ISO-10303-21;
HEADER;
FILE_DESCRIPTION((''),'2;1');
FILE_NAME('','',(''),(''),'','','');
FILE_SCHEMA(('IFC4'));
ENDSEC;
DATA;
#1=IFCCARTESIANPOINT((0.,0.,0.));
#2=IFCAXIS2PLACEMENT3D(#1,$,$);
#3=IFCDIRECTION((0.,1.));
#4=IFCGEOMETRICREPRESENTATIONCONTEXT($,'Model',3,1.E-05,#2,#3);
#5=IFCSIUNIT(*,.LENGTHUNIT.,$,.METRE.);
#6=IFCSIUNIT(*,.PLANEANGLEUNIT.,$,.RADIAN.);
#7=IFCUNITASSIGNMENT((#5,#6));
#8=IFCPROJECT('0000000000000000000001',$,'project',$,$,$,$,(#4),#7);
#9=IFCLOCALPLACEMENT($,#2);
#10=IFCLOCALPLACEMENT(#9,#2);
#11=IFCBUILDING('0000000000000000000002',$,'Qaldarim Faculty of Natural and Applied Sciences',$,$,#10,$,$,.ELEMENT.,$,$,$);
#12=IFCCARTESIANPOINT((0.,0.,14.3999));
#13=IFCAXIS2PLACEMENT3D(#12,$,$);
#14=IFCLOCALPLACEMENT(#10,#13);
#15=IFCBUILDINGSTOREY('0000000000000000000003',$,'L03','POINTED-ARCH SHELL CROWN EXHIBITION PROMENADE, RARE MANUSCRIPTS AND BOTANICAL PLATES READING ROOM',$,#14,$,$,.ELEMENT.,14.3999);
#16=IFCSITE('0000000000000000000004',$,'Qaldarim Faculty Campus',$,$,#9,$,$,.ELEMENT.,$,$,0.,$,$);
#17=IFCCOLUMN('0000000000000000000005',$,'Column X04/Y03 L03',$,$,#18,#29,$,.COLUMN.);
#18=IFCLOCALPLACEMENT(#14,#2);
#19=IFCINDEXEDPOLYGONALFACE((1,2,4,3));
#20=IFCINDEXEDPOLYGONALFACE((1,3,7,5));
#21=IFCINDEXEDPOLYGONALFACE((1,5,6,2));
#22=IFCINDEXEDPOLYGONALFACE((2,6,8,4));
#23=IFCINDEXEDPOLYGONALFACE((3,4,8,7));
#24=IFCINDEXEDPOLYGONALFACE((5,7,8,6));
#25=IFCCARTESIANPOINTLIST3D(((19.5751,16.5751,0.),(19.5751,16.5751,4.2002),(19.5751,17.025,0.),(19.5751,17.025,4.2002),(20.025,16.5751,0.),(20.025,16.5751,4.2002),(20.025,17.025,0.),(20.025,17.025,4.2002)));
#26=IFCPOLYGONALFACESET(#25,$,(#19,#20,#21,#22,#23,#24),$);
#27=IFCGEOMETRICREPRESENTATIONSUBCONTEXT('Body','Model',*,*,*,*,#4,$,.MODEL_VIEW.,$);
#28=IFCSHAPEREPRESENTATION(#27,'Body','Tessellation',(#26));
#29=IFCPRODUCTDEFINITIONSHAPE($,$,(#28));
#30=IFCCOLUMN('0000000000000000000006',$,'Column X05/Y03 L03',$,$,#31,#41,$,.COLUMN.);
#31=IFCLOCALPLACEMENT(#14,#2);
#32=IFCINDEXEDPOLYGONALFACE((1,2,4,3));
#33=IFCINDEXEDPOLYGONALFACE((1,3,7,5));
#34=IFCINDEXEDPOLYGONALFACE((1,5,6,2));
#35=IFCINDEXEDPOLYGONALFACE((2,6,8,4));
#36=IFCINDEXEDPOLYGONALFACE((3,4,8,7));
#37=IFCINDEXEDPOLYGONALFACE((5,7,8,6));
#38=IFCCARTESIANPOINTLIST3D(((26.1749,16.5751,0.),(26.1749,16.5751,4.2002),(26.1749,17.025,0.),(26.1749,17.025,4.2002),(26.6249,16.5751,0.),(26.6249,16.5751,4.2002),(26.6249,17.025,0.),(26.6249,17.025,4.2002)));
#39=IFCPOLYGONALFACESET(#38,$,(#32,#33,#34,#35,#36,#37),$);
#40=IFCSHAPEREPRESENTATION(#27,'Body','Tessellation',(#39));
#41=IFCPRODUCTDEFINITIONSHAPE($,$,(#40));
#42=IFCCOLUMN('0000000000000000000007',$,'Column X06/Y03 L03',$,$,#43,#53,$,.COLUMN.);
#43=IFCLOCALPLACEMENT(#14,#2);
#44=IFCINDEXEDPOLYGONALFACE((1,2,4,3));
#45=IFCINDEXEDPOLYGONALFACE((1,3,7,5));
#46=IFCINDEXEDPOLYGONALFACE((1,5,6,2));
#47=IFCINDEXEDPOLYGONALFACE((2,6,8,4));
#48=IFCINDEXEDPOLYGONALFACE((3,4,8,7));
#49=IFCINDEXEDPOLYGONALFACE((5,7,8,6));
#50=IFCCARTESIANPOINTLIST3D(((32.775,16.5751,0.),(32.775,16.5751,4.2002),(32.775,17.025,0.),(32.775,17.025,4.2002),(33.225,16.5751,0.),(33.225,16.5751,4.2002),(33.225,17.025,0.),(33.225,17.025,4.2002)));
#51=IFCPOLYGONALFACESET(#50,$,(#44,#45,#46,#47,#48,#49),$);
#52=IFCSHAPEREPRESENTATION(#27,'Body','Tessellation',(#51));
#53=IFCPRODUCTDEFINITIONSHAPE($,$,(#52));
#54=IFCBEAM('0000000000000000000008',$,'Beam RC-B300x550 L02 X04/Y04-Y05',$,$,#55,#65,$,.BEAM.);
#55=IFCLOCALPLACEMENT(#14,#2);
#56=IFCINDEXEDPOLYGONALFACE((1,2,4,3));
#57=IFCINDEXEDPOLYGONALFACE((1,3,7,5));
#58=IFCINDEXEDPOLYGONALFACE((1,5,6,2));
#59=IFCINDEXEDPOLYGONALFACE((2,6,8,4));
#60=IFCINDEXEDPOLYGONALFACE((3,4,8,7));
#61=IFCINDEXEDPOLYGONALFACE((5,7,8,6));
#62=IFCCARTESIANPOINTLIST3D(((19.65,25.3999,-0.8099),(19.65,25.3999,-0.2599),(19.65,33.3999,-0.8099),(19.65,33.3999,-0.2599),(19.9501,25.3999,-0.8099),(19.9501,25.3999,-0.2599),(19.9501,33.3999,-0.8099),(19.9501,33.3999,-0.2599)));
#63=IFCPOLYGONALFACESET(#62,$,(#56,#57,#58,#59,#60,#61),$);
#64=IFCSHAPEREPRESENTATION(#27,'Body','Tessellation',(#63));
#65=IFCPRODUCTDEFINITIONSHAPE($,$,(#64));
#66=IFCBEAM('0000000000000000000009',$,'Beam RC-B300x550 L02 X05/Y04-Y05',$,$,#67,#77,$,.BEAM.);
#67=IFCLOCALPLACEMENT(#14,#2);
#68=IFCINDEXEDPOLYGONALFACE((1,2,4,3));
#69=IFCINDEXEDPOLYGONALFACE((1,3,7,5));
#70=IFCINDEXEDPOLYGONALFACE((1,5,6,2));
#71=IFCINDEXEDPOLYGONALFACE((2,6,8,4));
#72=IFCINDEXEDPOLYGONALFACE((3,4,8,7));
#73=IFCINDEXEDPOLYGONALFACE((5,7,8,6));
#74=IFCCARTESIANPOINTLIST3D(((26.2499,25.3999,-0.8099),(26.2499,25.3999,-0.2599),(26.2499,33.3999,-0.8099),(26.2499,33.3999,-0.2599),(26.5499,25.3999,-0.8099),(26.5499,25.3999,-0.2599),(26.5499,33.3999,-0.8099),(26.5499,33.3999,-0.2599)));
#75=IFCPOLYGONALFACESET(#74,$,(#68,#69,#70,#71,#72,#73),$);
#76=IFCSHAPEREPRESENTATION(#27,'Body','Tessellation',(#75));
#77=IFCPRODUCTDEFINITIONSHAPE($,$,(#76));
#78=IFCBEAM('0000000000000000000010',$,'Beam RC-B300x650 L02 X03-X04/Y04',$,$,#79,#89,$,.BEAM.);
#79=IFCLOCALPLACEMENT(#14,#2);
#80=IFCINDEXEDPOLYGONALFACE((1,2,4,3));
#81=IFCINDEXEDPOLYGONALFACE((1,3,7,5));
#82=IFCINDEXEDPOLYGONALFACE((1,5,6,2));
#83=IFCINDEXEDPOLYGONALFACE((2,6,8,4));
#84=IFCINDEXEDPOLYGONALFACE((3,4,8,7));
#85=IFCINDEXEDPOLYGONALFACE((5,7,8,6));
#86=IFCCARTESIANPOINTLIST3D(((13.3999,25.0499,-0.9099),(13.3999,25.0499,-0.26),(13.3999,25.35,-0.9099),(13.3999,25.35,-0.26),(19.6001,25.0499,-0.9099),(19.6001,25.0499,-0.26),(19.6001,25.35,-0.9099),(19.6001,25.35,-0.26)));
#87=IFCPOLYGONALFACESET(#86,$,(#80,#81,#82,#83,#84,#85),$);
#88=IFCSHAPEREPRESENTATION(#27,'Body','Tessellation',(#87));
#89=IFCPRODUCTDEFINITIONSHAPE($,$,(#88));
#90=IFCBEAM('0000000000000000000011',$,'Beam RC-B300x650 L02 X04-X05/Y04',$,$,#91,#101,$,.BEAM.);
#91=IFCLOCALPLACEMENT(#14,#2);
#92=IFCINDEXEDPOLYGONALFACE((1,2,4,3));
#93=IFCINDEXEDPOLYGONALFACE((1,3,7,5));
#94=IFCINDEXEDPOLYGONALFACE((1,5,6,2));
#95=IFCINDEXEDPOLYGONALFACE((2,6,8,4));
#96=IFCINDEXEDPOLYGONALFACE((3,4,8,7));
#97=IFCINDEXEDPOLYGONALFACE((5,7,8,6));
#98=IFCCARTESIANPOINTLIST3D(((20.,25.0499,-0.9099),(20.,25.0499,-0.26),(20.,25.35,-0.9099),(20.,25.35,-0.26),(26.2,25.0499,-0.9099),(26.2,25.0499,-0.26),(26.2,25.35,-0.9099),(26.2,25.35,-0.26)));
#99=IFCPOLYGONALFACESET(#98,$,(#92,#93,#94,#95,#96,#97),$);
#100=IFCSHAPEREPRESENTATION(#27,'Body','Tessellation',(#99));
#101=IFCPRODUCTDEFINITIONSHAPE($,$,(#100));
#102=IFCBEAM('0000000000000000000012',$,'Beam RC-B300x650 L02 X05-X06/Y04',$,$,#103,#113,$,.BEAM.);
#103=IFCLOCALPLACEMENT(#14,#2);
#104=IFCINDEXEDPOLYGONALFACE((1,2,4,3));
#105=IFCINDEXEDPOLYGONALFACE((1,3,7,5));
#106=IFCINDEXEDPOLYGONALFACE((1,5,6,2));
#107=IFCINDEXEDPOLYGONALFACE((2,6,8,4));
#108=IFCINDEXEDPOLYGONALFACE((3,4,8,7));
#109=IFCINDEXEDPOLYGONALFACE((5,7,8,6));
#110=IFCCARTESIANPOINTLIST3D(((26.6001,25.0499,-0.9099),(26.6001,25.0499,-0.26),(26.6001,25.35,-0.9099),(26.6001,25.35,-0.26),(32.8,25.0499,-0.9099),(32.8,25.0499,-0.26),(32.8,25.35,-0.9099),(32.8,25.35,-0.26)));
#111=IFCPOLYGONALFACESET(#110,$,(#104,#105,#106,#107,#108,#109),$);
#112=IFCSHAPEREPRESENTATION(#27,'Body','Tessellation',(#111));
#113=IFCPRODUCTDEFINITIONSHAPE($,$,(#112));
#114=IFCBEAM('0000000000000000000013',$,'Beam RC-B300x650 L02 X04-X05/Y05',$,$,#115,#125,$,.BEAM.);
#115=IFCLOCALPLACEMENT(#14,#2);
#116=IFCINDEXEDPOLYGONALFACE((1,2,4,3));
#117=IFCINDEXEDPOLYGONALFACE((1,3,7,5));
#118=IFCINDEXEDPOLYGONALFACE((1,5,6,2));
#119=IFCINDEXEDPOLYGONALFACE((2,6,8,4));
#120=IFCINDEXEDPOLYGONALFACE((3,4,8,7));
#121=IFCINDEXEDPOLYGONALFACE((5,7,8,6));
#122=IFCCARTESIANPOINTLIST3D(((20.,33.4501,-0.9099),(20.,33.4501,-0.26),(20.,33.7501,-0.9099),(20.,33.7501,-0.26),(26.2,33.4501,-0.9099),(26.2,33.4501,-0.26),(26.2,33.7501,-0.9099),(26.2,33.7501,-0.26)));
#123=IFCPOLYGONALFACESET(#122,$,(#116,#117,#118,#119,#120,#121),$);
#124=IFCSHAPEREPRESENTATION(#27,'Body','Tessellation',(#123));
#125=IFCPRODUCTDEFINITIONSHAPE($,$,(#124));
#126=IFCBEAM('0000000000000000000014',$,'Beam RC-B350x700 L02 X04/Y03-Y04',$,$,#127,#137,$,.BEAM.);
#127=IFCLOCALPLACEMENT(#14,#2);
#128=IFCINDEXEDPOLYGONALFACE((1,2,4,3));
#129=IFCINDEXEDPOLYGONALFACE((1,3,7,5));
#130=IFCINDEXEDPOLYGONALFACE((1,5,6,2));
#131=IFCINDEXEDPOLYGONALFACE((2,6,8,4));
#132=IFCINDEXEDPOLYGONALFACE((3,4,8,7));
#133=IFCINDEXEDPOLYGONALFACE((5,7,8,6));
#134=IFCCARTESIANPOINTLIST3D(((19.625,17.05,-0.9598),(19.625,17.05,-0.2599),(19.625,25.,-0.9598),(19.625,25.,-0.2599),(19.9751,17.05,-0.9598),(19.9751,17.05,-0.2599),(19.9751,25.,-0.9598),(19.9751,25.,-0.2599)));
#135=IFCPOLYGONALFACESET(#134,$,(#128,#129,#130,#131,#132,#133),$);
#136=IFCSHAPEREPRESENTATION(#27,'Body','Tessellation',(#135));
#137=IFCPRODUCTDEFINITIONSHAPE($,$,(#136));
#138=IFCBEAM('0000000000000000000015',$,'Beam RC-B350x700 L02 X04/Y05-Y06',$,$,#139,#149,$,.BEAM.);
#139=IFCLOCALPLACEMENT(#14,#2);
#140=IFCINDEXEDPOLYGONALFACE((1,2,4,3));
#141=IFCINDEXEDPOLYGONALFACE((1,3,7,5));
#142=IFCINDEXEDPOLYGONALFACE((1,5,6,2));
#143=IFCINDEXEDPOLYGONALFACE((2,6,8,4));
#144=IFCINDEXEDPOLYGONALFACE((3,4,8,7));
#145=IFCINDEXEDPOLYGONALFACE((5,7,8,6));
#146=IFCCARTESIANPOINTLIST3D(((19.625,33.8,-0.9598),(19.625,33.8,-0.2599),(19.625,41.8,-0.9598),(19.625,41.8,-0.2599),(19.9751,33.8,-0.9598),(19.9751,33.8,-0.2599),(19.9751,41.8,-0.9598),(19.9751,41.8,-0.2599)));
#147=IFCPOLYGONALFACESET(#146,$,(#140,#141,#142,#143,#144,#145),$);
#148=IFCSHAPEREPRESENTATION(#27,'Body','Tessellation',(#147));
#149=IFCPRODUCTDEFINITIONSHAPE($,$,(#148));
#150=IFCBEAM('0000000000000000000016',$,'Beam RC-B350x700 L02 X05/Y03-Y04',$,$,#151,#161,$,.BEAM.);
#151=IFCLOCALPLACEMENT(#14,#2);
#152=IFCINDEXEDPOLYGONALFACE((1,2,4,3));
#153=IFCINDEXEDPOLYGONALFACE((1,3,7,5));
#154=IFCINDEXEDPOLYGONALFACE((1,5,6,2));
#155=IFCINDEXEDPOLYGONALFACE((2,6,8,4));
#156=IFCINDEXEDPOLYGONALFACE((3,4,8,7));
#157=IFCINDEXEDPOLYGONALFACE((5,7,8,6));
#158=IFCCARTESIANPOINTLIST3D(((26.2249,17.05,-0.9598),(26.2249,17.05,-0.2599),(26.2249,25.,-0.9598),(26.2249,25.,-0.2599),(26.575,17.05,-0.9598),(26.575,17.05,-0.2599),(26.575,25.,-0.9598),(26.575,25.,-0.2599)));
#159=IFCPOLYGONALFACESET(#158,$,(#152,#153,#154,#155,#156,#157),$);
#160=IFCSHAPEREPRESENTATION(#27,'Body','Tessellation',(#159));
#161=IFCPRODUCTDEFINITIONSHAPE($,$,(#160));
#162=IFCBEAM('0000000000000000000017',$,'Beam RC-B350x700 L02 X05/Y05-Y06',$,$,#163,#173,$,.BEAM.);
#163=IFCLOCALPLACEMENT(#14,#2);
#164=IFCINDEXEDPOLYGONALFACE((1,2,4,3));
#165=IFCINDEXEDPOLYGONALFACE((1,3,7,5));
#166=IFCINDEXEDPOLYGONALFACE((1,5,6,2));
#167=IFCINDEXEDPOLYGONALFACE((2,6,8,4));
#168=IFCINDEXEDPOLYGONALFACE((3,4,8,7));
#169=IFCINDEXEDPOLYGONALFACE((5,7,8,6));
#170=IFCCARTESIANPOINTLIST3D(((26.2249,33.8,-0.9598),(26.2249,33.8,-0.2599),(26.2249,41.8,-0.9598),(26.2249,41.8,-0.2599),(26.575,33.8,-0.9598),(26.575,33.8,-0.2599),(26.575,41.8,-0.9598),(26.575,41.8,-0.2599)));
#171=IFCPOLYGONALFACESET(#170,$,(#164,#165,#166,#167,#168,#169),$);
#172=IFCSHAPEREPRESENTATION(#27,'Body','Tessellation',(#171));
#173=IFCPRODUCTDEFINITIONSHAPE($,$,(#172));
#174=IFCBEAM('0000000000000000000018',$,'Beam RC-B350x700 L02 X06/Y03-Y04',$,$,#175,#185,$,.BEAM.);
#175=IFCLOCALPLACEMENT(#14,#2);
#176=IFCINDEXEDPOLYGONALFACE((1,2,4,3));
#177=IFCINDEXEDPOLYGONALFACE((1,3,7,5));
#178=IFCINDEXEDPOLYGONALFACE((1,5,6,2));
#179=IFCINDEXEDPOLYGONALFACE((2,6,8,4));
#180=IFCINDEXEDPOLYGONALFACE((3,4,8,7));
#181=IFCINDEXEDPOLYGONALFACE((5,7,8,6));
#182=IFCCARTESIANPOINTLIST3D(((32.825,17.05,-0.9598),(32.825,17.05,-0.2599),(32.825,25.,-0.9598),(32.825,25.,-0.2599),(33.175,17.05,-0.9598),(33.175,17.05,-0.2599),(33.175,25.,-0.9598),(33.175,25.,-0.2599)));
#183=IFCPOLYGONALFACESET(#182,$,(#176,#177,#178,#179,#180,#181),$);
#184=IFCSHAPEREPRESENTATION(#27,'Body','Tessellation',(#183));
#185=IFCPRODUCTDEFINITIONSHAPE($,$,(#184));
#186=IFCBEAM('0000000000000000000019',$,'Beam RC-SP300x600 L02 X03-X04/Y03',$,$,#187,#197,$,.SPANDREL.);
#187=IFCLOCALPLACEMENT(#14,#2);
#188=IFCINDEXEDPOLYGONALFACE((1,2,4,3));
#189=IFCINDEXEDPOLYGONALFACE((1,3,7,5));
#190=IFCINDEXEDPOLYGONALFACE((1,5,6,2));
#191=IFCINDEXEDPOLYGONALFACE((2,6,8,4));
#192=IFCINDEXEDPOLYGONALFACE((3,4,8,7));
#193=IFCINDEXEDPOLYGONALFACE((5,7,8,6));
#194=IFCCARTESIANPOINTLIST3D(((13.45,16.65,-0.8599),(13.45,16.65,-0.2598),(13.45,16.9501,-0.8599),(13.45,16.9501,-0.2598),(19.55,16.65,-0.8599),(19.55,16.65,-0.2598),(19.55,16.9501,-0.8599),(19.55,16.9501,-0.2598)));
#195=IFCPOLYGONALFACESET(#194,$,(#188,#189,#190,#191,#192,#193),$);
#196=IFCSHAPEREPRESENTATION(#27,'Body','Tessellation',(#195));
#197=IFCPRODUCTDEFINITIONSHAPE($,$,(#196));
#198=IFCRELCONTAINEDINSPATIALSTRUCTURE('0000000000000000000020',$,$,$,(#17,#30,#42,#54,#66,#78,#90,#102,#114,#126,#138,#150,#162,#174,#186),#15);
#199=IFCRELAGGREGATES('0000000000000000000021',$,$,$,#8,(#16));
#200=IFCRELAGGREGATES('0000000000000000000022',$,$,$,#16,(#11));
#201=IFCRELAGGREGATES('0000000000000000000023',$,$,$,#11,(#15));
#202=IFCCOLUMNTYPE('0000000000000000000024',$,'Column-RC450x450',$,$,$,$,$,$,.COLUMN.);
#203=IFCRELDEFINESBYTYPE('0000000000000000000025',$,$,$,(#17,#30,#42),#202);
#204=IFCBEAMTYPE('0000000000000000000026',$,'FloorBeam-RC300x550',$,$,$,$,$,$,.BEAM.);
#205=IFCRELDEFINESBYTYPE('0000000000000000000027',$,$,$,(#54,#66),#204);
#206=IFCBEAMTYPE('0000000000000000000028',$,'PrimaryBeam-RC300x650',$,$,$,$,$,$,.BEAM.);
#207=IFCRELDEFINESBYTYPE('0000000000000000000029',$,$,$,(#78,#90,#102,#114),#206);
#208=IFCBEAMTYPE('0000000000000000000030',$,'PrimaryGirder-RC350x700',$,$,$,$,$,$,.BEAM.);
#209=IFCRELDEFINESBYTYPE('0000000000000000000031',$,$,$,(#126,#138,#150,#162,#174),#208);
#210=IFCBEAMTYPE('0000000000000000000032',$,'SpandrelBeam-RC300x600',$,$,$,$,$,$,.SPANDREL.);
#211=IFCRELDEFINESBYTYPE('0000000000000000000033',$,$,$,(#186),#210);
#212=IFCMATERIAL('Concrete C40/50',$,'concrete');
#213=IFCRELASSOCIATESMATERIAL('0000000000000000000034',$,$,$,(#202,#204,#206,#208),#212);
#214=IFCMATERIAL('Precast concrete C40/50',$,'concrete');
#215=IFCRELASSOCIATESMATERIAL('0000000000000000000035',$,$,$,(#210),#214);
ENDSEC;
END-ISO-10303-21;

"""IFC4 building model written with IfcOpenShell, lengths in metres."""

from ifc_helpers import new_model, si_unit, direction, frame, origin, origin_2d, place, context, subcontext, project, spatial, rectangle, extrude, material, material_profile, profile_set, type_object, element, save


model = new_model("IFC4")

# Units and contexts
model_context = context("Model", 3, precision=1e-05, world=origin(), true_north=direction((0.0, 1.0)))
body_context = subcontext(model_context, "Body", "Model", "MODEL_VIEW")
ifc_project = project(units=[si_unit("LENGTHUNIT", "METRE"), si_unit("PLANEANGLEUNIT", "RADIAN")], contexts=[model_context])

# Site, building, storey
site_placement = place(None, origin())
site = spatial("IfcSite", under=ifc_project, at=site_placement, Name="Qaldarim Faculty Campus", CompositionType="ELEMENT", RefElevation=0.0)
building_placement = place(site_placement, origin())
building = spatial("IfcBuilding", under=site, at=building_placement, Name="Qaldarim Faculty of Natural and Applied Sciences", CompositionType="ELEMENT")
storey_placement = place(building_placement, frame((0.0, 0.0, 14.3999)))
storey = spatial("IfcBuildingStorey", under=building, at=storey_placement, Name="L03", Description="POINTED-ARCH SHELL CROWN EXHIBITION PROMENADE, RARE MANUSCRIPTS AND BOTANICAL PLATES READING ROOM", CompositionType="ELEMENT", Elevation=14.3999)

# Columns
ifc_material_1 = material(Name="Concrete C40/50", Category="concrete")
ifc_material_profile_1 = material_profile(ifc_material_1, rectangle(XDim=0.45, YDim=0.45, at=origin_2d()), Name="RC-C450x450")
ifc_profile_set_1 = profile_set([ifc_material_profile_1], Name="Concrete C40/50")
column_type = type_object("IfcColumnType", Name="Column-RC450x450", PredefinedType="COLUMN", material=ifc_profile_set_1)
for number, where, z_axis, x_axis, name in (
    (1, (19.8, 16.8, 0.0), (0.0, 0.0, 1.0), (1.0, 0.0, 0.0), "Column X04/Y03 L03"),
    (2, (26.3999, 16.8, 0.0), (0.0, 0.0, 1.0), (1.0, 0.0, 0.0), "Column X05/Y03 L03"),
    (3, (33.0, 16.8, 0.0), (0.0, 0.0, 1.0), (1.0, 0.0, 0.0), "Column X06/Y03 L03"),
):
    element("IfcColumn", number, at=place(storey_placement, frame(where, z_axis=z_axis, x_axis=x_axis)), inside=storey, type_object=column_type, Name=name, PredefinedType="COLUMN", context=body_context, shape_type="SweptSolid", body=[
        extrude(rectangle(XDim=0.45, YDim=0.45, at=origin_2d()), origin(), (0.0, 0.0, 1.0), 4.2002),
    ])

# Beams
ifc_material_profile_2 = material_profile(ifc_material_1, rectangle(XDim=0.3, YDim=0.55, at=origin_2d()), Name="RC-B300x550")
ifc_profile_set_2 = profile_set([ifc_material_profile_2], Name="Concrete C40/50")
beam_type_1 = type_object("IfcBeamType", Name="FloorBeam-RC300x550", PredefinedType="BEAM", material=ifc_profile_set_2)
for number, where, z_axis, x_axis, name in (
    (4, (19.8, 25.3999, -0.5349), (0.0, 1.0, 0.0), (-1.0, 0.0, 0.0), "Beam RC-B300x550 L02 X04/Y04-Y05"),
    (5, (26.3999, 25.3999, -0.5349), (0.0, 1.0, 0.0), (-1.0, 0.0, 0.0), "Beam RC-B300x550 L02 X05/Y04-Y05"),
):
    element("IfcBeam", number, at=place(storey_placement, frame(where, z_axis=z_axis, x_axis=x_axis)), inside=storey, type_object=beam_type_1, Name=name, PredefinedType="BEAM", context=body_context, shape_type="SweptSolid", body=[
        extrude(rectangle(XDim=0.3, YDim=0.55, at=origin_2d()), origin(), (0.0, 0.0, 1.0), 8.0),
    ])
ifc_material_profile_3 = material_profile(ifc_material_1, rectangle(XDim=0.3, YDim=0.6499, at=origin_2d()), Name="RC-B300x650")
ifc_profile_set_3 = profile_set([ifc_material_profile_3], Name="Concrete C40/50")
beam_type_2 = type_object("IfcBeamType", Name="PrimaryBeam-RC300x650", PredefinedType="BEAM", material=ifc_profile_set_3)
beam_1_placement = place(storey_placement, frame((13.3999, 25.2, -0.585), z_axis=(1.0, 0.0, 0.0), x_axis=(0.0, 1.0, 0.0)))
element("IfcBeam", 6, at=beam_1_placement, inside=storey, type_object=beam_type_2, Name="Beam RC-B300x650 L02 X03-X04/Y04", PredefinedType="BEAM", context=body_context, shape_type="SweptSolid", body=[
    extrude(rectangle(XDim=0.3, YDim=0.6499, at=origin_2d()), origin(), (0.0, 0.0, 1.0), 6.2002),
])
for number, where, z_axis, x_axis, name in (
    (7, (20.0, 25.2, -0.585), (1.0, 0.0, 0.0), (0.0, 1.0, 0.0), "Beam RC-B300x650 L02 X04-X05/Y04"),
    (8, (26.6001, 25.2, -0.585), (1.0, 0.0, 0.0), (0.0, 1.0, 0.0), "Beam RC-B300x650 L02 X05-X06/Y04"),
    (9, (20.0, 33.6001, -0.585), (1.0, 0.0, 0.0), (0.0, 1.0, 0.0), "Beam RC-B300x650 L02 X04-X05/Y05"),
):
    element("IfcBeam", number, at=place(storey_placement, frame(where, z_axis=z_axis, x_axis=x_axis)), inside=storey, type_object=beam_type_2, Name=name, PredefinedType="BEAM", context=body_context, shape_type="SweptSolid", body=[
        extrude(rectangle(XDim=0.3, YDim=0.6499, at=origin_2d()), origin(), (0.0, 0.0, 1.0), 6.2),
    ])
ifc_material_profile_4 = material_profile(ifc_material_1, rectangle(XDim=0.3501, YDim=0.7, at=origin_2d()), Name="RC-B350x700")
ifc_profile_set_4 = profile_set([ifc_material_profile_4], Name="Concrete C40/50")
beam_type_3 = type_object("IfcBeamType", Name="PrimaryGirder-RC350x700", PredefinedType="BEAM", material=ifc_profile_set_4)
beam_2_placement = place(storey_placement, frame((19.8, 17.05, -0.6099), z_axis=(0.0, 1.0, 0.0), x_axis=(-1.0, 0.0, 0.0)))
element("IfcBeam", 10, at=beam_2_placement, inside=storey, type_object=beam_type_3, Name="Beam RC-B350x700 L02 X04/Y03-Y04", PredefinedType="BEAM", context=body_context, shape_type="SweptSolid", body=[
    extrude(rectangle(XDim=0.3501, YDim=0.7, at=origin_2d()), origin(), (0.0, 0.0, 1.0), 7.95),
])
beam_3_placement = place(storey_placement, frame((19.8, 33.8, -0.6099), z_axis=(0.0, 1.0, 0.0), x_axis=(-1.0, 0.0, 0.0)))
element("IfcBeam", 11, at=beam_3_placement, inside=storey, type_object=beam_type_3, Name="Beam RC-B350x700 L02 X04/Y05-Y06", PredefinedType="BEAM", context=body_context, shape_type="SweptSolid", body=[
    extrude(rectangle(XDim=0.3501, YDim=0.7, at=origin_2d()), origin(), (0.0, 0.0, 1.0), 8.0),
])
beam_4_placement = place(storey_placement, frame((26.3999, 17.05, -0.6099), z_axis=(0.0, 1.0, 0.0), x_axis=(-1.0, 0.0, 0.0)))
element("IfcBeam", 12, at=beam_4_placement, inside=storey, type_object=beam_type_3, Name="Beam RC-B350x700 L02 X05/Y03-Y04", PredefinedType="BEAM", context=body_context, shape_type="SweptSolid", body=[
    extrude(rectangle(XDim=0.3501, YDim=0.7, at=origin_2d()), origin(), (0.0, 0.0, 1.0), 7.95),
])
beam_5_placement = place(storey_placement, frame((26.3999, 33.8, -0.6099), z_axis=(0.0, 1.0, 0.0), x_axis=(-1.0, 0.0, 0.0)))
element("IfcBeam", 13, at=beam_5_placement, inside=storey, type_object=beam_type_3, Name="Beam RC-B350x700 L02 X05/Y05-Y06", PredefinedType="BEAM", context=body_context, shape_type="SweptSolid", body=[
    extrude(rectangle(XDim=0.3501, YDim=0.7, at=origin_2d()), origin(), (0.0, 0.0, 1.0), 8.0),
])
beam_6_placement = place(storey_placement, frame((33.0, 17.05, -0.6099), z_axis=(0.0, 1.0, 0.0), x_axis=(-1.0, 0.0, 0.0)))
element("IfcBeam", 14, at=beam_6_placement, inside=storey, type_object=beam_type_3, Name="Beam RC-B350x700 L02 X06/Y03-Y04", PredefinedType="BEAM", context=body_context, shape_type="SweptSolid", body=[
    extrude(rectangle(XDim=0.3501, YDim=0.7, at=origin_2d()), origin(), (0.0, 0.0, 1.0), 7.95),
])
ifc_material_2 = material(Name="Precast concrete C40/50", Category="concrete")
ifc_material_profile_5 = material_profile(ifc_material_2, rectangle(XDim=0.3, YDim=0.6001, at=origin_2d()), Name="RC-SP300x600")
ifc_profile_set_5 = profile_set([ifc_material_profile_5], Name="Precast concrete C40/50")
beam_type_4 = type_object("IfcBeamType", Name="SpandrelBeam-RC300x600", PredefinedType="SPANDREL", material=ifc_profile_set_5)
beam_7_placement = place(storey_placement, frame((13.45, 16.8, -0.5598), z_axis=(1.0, 0.0, 0.0), x_axis=(0.0, 1.0, 0.0)))
element("IfcBeam", 15, at=beam_7_placement, inside=storey, type_object=beam_type_4, Name="Beam RC-SP300x600 L02 X03-X04/Y03", PredefinedType="SPANDREL", context=body_context, shape_type="SweptSolid", body=[
    extrude(rectangle(XDim=0.3, YDim=0.6001, at=origin_2d()), origin(), (0.0, 0.0, 1.0), 6.1001),
])

save(model, "model.ifc")
